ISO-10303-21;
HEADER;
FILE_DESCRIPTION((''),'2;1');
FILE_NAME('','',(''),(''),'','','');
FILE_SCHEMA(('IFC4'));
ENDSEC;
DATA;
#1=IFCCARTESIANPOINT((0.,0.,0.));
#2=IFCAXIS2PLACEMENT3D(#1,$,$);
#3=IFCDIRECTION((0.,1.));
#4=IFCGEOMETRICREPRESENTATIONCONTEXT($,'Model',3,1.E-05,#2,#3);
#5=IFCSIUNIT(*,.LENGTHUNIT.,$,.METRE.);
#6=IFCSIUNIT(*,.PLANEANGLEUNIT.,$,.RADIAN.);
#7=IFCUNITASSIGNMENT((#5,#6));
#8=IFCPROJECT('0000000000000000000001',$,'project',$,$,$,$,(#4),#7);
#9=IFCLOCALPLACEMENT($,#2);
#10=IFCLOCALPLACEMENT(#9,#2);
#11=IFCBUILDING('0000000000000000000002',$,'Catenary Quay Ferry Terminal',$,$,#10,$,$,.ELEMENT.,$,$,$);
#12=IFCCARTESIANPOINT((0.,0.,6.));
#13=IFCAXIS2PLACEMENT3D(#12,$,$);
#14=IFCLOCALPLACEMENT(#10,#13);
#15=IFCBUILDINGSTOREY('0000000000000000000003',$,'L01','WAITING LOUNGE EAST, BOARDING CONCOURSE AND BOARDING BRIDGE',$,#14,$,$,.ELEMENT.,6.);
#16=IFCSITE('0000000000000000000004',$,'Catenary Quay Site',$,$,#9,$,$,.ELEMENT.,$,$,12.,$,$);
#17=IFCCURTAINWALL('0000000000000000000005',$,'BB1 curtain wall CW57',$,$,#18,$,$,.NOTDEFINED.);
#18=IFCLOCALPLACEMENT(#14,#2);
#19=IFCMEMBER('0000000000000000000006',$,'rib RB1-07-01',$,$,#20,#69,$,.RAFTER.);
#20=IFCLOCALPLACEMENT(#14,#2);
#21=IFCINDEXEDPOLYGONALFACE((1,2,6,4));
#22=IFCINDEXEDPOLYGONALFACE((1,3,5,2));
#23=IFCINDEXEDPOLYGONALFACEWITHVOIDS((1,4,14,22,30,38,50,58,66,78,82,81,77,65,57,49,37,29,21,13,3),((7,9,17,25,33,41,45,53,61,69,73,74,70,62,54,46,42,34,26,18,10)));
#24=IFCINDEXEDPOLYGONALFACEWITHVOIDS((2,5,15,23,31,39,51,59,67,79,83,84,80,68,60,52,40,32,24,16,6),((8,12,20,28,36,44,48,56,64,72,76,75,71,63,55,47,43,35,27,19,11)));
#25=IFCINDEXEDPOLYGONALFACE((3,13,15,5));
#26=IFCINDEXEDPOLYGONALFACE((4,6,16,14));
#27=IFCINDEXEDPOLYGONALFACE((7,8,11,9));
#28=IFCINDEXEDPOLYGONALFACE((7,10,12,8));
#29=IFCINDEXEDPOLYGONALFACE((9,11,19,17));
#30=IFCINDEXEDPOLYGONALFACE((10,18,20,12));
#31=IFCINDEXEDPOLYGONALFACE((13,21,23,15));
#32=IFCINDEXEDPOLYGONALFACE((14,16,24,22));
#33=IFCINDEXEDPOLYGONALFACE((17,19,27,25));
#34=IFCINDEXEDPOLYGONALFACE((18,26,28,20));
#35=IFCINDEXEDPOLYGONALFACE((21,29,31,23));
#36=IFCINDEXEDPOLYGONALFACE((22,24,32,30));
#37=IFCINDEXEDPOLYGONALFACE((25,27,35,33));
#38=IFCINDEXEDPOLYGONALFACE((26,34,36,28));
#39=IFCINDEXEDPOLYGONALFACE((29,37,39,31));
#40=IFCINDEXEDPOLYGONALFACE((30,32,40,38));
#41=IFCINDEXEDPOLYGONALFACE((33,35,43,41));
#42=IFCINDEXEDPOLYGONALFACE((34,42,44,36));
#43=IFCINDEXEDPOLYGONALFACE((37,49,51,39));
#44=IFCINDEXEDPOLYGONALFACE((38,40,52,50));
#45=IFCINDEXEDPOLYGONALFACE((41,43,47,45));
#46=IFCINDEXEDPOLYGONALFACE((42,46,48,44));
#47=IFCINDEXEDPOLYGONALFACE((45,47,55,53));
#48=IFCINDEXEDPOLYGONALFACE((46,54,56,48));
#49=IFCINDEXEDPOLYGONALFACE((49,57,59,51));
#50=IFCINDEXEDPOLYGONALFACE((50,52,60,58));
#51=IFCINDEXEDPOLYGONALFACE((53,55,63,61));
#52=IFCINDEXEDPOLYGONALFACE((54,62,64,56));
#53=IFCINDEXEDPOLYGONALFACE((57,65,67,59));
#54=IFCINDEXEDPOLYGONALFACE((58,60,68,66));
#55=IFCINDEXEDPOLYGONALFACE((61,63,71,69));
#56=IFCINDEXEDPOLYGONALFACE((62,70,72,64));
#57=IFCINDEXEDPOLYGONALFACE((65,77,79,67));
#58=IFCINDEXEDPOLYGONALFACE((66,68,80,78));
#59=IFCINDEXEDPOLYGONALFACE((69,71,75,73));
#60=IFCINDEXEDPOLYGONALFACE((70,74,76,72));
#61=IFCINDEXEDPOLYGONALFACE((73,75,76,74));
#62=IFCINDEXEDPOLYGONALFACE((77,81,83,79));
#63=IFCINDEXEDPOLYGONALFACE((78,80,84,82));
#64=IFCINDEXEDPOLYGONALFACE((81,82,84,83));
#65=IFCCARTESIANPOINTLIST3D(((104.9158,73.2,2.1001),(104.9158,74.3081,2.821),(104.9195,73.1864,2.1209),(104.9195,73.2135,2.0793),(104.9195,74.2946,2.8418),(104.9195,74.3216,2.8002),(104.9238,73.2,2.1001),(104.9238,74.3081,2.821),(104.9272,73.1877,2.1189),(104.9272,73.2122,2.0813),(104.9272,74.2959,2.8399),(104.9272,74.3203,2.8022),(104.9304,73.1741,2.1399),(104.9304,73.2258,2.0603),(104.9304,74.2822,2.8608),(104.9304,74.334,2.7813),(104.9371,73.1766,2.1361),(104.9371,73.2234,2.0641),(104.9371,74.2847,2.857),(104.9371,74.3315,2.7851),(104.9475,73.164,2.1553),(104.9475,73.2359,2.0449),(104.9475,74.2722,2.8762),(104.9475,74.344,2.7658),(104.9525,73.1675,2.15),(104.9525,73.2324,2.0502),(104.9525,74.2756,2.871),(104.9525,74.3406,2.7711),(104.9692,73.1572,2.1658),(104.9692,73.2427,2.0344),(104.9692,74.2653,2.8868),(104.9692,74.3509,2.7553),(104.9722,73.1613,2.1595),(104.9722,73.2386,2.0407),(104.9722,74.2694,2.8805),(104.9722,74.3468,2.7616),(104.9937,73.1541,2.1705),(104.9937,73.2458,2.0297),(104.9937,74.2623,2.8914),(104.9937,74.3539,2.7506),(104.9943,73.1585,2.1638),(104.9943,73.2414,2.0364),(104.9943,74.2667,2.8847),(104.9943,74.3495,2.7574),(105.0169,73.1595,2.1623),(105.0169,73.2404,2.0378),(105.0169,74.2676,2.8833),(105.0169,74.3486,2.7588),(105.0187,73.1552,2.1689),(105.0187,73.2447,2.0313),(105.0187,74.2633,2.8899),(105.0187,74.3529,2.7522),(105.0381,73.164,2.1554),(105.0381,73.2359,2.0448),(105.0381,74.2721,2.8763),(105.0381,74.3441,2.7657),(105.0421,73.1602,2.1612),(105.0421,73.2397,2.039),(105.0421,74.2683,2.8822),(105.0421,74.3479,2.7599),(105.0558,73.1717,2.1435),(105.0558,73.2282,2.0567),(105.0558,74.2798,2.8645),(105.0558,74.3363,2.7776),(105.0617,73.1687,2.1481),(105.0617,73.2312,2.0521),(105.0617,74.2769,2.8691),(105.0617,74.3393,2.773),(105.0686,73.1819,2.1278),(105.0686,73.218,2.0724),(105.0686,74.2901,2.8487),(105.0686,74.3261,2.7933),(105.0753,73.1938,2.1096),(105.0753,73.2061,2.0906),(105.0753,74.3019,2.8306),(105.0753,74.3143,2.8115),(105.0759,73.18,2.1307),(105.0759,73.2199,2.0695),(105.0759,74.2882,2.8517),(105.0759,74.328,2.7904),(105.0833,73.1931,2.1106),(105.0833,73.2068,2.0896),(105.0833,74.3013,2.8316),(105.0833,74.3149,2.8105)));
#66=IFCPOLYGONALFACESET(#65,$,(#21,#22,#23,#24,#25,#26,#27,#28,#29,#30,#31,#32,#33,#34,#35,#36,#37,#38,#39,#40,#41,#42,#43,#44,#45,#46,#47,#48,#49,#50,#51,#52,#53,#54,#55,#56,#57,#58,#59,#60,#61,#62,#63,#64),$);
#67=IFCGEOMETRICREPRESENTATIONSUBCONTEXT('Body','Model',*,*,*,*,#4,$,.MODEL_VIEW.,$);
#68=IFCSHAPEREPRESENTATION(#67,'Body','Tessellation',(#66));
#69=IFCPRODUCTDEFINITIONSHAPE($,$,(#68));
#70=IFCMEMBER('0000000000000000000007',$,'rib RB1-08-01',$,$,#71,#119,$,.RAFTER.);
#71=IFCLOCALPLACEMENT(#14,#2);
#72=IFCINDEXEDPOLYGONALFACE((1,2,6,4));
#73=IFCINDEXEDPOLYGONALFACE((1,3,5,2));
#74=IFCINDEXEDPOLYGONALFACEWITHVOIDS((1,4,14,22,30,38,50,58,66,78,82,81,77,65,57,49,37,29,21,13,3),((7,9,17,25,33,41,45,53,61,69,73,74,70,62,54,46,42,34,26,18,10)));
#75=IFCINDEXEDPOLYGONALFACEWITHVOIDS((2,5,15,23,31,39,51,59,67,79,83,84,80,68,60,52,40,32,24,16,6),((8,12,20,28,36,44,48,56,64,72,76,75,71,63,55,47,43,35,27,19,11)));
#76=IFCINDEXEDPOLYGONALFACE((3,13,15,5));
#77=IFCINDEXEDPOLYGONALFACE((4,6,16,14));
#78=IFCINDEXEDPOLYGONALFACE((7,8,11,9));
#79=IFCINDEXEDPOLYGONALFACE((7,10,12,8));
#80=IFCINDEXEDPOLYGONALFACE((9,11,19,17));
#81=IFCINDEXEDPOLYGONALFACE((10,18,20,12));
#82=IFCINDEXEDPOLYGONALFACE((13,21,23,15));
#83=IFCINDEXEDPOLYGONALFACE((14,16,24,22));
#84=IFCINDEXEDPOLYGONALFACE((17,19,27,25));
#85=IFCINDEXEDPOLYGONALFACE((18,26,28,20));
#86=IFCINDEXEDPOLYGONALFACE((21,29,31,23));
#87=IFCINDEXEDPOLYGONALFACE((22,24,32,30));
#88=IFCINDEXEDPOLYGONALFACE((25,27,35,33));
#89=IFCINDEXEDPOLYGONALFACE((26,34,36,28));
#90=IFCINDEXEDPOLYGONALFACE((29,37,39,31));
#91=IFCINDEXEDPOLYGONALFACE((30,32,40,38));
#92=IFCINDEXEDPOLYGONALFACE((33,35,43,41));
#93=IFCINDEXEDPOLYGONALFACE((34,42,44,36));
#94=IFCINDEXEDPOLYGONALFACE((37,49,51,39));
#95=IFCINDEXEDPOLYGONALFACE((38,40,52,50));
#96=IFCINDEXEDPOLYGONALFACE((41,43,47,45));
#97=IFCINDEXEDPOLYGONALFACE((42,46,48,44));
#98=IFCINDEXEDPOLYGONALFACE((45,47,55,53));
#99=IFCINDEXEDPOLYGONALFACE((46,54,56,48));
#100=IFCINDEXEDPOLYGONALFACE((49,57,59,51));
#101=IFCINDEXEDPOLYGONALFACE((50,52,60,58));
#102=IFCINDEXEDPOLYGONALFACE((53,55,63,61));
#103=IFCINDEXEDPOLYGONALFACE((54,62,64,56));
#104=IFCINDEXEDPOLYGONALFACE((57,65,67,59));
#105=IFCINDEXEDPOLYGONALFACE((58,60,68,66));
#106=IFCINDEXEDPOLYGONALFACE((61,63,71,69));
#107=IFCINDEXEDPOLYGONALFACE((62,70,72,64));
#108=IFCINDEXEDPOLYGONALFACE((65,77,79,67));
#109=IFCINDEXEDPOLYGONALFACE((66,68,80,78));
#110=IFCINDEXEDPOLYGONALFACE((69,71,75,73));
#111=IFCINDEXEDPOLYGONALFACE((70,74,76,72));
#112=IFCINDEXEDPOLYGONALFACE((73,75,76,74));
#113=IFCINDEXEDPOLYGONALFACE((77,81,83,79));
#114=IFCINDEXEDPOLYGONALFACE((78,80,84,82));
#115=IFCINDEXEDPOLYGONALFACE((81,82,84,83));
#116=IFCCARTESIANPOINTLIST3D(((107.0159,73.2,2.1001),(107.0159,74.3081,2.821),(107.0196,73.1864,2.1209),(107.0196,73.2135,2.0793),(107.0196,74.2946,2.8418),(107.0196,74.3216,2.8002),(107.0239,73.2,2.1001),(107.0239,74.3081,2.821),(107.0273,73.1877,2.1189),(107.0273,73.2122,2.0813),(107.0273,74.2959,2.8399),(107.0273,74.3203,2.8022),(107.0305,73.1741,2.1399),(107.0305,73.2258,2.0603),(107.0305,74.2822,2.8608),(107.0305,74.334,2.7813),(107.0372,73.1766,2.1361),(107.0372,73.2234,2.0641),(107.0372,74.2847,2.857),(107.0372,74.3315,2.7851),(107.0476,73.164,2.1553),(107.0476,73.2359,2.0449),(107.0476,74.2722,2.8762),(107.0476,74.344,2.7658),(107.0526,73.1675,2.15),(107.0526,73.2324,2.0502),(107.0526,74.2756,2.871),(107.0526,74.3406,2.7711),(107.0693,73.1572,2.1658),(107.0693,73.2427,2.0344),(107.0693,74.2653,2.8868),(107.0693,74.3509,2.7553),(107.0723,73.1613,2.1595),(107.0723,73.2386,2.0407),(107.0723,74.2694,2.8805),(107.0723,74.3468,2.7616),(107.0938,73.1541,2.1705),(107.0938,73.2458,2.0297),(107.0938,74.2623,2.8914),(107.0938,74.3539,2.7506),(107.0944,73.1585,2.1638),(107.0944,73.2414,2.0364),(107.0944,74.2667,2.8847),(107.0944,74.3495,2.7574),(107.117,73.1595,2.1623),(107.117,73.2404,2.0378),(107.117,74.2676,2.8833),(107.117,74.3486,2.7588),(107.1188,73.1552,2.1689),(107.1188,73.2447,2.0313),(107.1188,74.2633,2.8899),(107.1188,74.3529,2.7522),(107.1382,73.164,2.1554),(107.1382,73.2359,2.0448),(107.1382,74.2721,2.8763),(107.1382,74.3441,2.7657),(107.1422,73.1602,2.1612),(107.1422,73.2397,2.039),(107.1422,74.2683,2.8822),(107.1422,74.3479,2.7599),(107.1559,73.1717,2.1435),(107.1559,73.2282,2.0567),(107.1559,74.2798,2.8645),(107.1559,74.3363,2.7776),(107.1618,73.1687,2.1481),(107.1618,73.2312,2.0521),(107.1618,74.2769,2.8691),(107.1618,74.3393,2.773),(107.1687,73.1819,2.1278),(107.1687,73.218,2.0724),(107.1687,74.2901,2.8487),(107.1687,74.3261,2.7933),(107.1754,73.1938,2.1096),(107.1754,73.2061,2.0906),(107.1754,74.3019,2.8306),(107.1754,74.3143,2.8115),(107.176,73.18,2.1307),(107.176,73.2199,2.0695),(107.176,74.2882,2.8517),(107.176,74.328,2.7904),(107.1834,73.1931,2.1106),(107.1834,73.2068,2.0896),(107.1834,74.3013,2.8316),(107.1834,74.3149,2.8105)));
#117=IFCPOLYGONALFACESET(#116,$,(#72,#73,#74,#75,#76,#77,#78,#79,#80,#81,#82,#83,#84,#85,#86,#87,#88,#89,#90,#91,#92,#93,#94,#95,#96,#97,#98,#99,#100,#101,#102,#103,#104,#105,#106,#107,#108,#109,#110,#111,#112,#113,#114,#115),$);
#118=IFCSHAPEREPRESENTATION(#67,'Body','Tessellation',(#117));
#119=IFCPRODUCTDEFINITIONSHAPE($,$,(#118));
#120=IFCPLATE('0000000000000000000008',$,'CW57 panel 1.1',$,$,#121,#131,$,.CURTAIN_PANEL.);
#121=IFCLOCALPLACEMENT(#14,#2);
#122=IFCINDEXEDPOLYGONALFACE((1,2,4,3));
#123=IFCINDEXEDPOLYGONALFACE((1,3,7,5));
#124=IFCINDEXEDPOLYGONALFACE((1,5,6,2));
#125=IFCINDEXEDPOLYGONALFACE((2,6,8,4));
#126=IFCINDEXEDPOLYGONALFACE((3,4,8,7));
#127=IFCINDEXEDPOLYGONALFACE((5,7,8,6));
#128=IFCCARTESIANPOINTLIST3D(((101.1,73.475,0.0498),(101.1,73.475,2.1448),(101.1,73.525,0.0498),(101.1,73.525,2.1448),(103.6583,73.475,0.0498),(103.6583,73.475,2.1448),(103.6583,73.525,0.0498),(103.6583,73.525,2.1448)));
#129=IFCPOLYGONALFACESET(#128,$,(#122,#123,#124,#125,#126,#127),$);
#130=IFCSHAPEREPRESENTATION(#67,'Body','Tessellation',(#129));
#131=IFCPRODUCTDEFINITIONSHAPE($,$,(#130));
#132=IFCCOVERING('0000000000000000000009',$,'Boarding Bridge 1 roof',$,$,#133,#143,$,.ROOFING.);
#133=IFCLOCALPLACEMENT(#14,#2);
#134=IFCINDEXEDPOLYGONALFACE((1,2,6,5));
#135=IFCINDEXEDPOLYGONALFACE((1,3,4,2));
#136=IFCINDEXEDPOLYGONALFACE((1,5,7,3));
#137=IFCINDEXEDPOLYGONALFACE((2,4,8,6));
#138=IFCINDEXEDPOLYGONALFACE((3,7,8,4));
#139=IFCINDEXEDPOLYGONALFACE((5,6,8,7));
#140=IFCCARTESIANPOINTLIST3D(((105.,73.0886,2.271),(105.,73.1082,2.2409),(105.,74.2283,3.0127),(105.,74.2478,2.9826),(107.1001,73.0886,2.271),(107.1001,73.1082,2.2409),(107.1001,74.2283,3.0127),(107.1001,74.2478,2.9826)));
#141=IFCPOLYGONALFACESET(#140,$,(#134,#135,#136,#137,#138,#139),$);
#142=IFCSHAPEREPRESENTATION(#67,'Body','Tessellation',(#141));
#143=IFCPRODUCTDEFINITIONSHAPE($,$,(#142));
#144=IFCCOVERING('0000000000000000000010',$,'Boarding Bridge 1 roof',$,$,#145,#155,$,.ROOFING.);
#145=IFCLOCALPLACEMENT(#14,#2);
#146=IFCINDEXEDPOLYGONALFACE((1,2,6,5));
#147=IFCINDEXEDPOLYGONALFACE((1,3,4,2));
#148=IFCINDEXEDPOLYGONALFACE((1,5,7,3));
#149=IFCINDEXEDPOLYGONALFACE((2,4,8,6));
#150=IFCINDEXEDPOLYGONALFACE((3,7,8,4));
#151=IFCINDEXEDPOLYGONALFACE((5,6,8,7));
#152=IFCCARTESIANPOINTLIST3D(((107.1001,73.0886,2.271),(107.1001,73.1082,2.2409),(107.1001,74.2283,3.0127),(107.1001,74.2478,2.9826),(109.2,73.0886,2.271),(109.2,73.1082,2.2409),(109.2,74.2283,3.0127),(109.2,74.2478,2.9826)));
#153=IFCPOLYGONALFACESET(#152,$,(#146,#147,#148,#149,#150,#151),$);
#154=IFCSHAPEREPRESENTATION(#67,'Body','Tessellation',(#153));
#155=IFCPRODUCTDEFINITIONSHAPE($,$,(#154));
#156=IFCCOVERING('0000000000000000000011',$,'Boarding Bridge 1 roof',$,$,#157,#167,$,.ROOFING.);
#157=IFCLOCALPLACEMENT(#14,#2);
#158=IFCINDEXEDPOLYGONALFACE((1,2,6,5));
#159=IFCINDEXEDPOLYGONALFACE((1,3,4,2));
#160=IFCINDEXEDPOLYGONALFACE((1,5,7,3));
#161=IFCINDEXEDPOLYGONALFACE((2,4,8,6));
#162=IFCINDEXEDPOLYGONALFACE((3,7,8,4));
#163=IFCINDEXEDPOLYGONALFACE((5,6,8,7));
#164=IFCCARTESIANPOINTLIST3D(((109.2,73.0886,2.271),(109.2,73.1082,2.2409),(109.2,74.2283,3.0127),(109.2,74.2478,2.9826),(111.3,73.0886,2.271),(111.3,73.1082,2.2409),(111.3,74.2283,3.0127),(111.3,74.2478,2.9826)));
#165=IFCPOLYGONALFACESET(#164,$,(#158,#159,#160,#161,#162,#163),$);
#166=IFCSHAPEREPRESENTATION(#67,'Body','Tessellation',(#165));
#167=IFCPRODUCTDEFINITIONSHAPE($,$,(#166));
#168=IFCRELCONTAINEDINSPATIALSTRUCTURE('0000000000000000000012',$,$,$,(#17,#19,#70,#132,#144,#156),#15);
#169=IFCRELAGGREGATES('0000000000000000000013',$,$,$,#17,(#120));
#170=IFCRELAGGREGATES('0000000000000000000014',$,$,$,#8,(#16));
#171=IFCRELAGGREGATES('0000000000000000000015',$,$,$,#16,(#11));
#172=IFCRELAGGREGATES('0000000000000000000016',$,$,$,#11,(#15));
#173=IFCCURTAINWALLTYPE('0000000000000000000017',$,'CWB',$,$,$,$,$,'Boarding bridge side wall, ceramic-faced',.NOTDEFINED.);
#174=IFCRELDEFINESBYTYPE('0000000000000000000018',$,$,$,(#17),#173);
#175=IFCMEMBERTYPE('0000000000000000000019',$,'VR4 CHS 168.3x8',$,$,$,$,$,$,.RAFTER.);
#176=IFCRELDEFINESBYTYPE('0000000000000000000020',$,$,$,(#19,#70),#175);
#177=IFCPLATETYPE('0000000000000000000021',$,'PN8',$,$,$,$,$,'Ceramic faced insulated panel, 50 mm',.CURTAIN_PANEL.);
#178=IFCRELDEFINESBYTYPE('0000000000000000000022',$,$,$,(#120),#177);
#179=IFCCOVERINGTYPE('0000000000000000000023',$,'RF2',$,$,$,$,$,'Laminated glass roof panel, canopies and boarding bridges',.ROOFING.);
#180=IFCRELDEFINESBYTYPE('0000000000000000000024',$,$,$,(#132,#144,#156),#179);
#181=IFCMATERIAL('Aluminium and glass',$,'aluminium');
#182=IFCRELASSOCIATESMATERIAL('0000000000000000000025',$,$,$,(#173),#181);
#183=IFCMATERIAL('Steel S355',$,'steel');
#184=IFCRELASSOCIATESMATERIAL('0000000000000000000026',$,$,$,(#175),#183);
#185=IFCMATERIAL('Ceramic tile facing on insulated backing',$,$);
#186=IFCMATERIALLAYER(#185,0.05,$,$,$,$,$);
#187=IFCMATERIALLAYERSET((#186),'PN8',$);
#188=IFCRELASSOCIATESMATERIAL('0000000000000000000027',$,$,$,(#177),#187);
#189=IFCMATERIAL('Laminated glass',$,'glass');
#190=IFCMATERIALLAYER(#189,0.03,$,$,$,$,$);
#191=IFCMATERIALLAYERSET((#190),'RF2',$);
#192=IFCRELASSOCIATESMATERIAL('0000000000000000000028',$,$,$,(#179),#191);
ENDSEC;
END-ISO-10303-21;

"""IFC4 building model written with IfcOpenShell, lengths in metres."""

from ifc_helpers import new_model, si_unit, direction, frame, origin, origin_2d, place, context, subcontext, project, spatial, polyline, rectangle, hollow_circle, outline, extrude, material, layer, layer_set, material_profile, profile_set, type_object, element, aggregate, save


model = new_model("IFC4")

# Units and contexts
model_context = context("Model", 3, precision=1e-05, world=origin(), true_north=direction((0.0, 1.0)))
body_context = subcontext(model_context, "Body", "Model", "MODEL_VIEW")
ifc_project = project(units=[si_unit("LENGTHUNIT", "METRE"), si_unit("PLANEANGLEUNIT", "RADIAN")], contexts=[model_context])

# Site, building, storey
site_placement = place(None, origin())
site = spatial("IfcSite", under=ifc_project, at=site_placement, Name="Catenary Quay Site", CompositionType="ELEMENT", RefElevation=12.0)
building_placement = place(site_placement, origin())
building = spatial("IfcBuilding", under=site, at=building_placement, Name="Catenary Quay Ferry Terminal", CompositionType="ELEMENT")
storey_placement = place(building_placement, frame((0.0, 0.0, 6.0)))
storey = spatial("IfcBuildingStorey", under=building, at=storey_placement, Name="L01", Description="WAITING LOUNGE EAST, BOARDING CONCOURSE AND BOARDING BRIDGE", CompositionType="ELEMENT", Elevation=6.0)

# Curtain wall
ifc_material_1 = material(Name="Aluminium and glass", Category="aluminium")
curtain_wall_type = type_object("IfcCurtainWallType", Name="CWB", ElementType="Boarding bridge side wall, ceramic-faced", PredefinedType="NOTDEFINED", material=ifc_material_1)
curtain_wall_placement = place(storey_placement, origin())
curtain_wall = element("IfcCurtainWall", 1, at=curtain_wall_placement, inside=storey, type_object=curtain_wall_type, Name="BB1 curtain wall CW57", PredefinedType="NOTDEFINED")

# Members
ifc_material_2 = material(Name="Steel S355", Category="steel")
ifc_material_profile_1 = material_profile(ifc_material_2, hollow_circle(Radius=0.0842, WallThickness=0.0081, at=origin_2d()), Name="CHS 168.3x8")
ifc_profile_set_1 = profile_set([ifc_material_profile_1], Name="Steel S355")
member_type_1 = type_object("IfcMemberType", Name="VR4 CHS 168.3x8", PredefinedType="RAFTER", material=ifc_profile_set_1)
for number, where, z_axis, x_axis, name in (
    (2, (105.0, 73.2, 2.1001), (0.0, 0.83822, 0.545332), (-1.0, 0.0, 0.0), "rib RB1-07-01"),
    (3, (107.1001, 73.2, 2.1001), (0.0, 0.83822, 0.545332), (-1.0, 0.0, 0.0), "rib RB1-08-01"),
):
    element("IfcMember", number, at=place(storey_placement, frame(where, z_axis=z_axis, x_axis=x_axis)), inside=storey, type_object=member_type_1, Name=name, PredefinedType="RAFTER", context=body_context, shape_type="SweptSolid", body=[
        extrude(hollow_circle(Radius=0.0842, WallThickness=0.0081, at=origin_2d()), origin(), (0.0, 0.0, 1.0), 1.322),
    ])

# Plate
ifc_material_3 = material(Name="Ceramic tile facing on insulated backing")
ifc_layer_1 = layer(ifc_material_3, 0.05)
ifc_layer_set_1 = layer_set([ifc_layer_1], Name="PN8")
plate_type = type_object("IfcPlateType", Name="PN8", ElementType="Ceramic faced insulated panel, 50 mm", PredefinedType="CURTAIN_PANEL", material=ifc_layer_set_1)
plate_placement = place(storey_placement, frame((102.3792, 73.5, 0.0498), z_axis=(0.0, 0.0, 1.0), x_axis=(1.0, 0.0, 0.0)))
plate = element("IfcPlate", 4, at=plate_placement, type_object=plate_type, Name="CW57 panel 1.1", PredefinedType="CURTAIN_PANEL", context=body_context, shape_type="SweptSolid", body=[
    extrude(rectangle(XDim=2.5583, YDim=0.05, at=origin_2d()), origin(), (0.0, 0.0, 1.0), 2.095),
])
aggregate(curtain_wall, [plate])

# Coverings
ifc_material_4 = material(Name="Laminated glass", Category="glass")
ifc_layer_2 = layer(ifc_material_4, 0.03)
ifc_layer_set_2 = layer_set([ifc_layer_2], Name="RF2")
covering_type = type_object("IfcCoveringType", Name="RF2", ElementType="Laminated glass roof panel, canopies and boarding bridges", PredefinedType="ROOFING", material=ifc_layer_set_2)
covering_1_placement = place(storey_placement, frame((105.0, 73.0886, 2.271), z_axis=(0.0, -0.545468, 0.838132), x_axis=(1.0, 0.0, 0.0)))
element("IfcCovering", 5, at=covering_1_placement, inside=storey, type_object=covering_type, Name="Boarding Bridge 1 roof", PredefinedType="ROOFING", context=body_context, shape_type="SweptSolid", body=[
    extrude(outline(polyline([(0.0, 0.0), (2.1001, 0.0), (2.1001, 1.3597), (0.0, 1.3597), (0.0, 0.0)])), origin(), (0.0, 0.0, -1.0), 0.0359),
])
covering_2_placement = place(storey_placement, frame((107.1001, 73.0886, 2.271), z_axis=(0.0, -0.545468, 0.838132), x_axis=(1.0, 0.0, 0.0)))
element("IfcCovering", 6, at=covering_2_placement, inside=storey, type_object=covering_type, Name="Boarding Bridge 1 roof", PredefinedType="ROOFING", context=body_context, shape_type="SweptSolid", body=[
    extrude(outline(polyline([(0.0, 0.0), (2.0999, 0.0), (2.0999, 1.3597), (0.0, 1.3597), (0.0, 0.0)])), origin(), (0.0, 0.0, -1.0), 0.0359),
])
covering_3_placement = place(storey_placement, frame((109.2, 73.0886, 2.271), z_axis=(0.0, -0.545468, 0.838132), x_axis=(1.0, 0.0, 0.0)))
element("IfcCovering", 7, at=covering_3_placement, inside=storey, type_object=covering_type, Name="Boarding Bridge 1 roof", PredefinedType="ROOFING", context=body_context, shape_type="SweptSolid", body=[
    extrude(outline(polyline([(0.0, 0.0), (2.1001, 0.0), (2.1001, 1.3597), (0.0, 1.3597), (0.0, 0.0)])), origin(), (0.0, 0.0, -1.0), 0.0359),
])

save(model, "model.ifc")
